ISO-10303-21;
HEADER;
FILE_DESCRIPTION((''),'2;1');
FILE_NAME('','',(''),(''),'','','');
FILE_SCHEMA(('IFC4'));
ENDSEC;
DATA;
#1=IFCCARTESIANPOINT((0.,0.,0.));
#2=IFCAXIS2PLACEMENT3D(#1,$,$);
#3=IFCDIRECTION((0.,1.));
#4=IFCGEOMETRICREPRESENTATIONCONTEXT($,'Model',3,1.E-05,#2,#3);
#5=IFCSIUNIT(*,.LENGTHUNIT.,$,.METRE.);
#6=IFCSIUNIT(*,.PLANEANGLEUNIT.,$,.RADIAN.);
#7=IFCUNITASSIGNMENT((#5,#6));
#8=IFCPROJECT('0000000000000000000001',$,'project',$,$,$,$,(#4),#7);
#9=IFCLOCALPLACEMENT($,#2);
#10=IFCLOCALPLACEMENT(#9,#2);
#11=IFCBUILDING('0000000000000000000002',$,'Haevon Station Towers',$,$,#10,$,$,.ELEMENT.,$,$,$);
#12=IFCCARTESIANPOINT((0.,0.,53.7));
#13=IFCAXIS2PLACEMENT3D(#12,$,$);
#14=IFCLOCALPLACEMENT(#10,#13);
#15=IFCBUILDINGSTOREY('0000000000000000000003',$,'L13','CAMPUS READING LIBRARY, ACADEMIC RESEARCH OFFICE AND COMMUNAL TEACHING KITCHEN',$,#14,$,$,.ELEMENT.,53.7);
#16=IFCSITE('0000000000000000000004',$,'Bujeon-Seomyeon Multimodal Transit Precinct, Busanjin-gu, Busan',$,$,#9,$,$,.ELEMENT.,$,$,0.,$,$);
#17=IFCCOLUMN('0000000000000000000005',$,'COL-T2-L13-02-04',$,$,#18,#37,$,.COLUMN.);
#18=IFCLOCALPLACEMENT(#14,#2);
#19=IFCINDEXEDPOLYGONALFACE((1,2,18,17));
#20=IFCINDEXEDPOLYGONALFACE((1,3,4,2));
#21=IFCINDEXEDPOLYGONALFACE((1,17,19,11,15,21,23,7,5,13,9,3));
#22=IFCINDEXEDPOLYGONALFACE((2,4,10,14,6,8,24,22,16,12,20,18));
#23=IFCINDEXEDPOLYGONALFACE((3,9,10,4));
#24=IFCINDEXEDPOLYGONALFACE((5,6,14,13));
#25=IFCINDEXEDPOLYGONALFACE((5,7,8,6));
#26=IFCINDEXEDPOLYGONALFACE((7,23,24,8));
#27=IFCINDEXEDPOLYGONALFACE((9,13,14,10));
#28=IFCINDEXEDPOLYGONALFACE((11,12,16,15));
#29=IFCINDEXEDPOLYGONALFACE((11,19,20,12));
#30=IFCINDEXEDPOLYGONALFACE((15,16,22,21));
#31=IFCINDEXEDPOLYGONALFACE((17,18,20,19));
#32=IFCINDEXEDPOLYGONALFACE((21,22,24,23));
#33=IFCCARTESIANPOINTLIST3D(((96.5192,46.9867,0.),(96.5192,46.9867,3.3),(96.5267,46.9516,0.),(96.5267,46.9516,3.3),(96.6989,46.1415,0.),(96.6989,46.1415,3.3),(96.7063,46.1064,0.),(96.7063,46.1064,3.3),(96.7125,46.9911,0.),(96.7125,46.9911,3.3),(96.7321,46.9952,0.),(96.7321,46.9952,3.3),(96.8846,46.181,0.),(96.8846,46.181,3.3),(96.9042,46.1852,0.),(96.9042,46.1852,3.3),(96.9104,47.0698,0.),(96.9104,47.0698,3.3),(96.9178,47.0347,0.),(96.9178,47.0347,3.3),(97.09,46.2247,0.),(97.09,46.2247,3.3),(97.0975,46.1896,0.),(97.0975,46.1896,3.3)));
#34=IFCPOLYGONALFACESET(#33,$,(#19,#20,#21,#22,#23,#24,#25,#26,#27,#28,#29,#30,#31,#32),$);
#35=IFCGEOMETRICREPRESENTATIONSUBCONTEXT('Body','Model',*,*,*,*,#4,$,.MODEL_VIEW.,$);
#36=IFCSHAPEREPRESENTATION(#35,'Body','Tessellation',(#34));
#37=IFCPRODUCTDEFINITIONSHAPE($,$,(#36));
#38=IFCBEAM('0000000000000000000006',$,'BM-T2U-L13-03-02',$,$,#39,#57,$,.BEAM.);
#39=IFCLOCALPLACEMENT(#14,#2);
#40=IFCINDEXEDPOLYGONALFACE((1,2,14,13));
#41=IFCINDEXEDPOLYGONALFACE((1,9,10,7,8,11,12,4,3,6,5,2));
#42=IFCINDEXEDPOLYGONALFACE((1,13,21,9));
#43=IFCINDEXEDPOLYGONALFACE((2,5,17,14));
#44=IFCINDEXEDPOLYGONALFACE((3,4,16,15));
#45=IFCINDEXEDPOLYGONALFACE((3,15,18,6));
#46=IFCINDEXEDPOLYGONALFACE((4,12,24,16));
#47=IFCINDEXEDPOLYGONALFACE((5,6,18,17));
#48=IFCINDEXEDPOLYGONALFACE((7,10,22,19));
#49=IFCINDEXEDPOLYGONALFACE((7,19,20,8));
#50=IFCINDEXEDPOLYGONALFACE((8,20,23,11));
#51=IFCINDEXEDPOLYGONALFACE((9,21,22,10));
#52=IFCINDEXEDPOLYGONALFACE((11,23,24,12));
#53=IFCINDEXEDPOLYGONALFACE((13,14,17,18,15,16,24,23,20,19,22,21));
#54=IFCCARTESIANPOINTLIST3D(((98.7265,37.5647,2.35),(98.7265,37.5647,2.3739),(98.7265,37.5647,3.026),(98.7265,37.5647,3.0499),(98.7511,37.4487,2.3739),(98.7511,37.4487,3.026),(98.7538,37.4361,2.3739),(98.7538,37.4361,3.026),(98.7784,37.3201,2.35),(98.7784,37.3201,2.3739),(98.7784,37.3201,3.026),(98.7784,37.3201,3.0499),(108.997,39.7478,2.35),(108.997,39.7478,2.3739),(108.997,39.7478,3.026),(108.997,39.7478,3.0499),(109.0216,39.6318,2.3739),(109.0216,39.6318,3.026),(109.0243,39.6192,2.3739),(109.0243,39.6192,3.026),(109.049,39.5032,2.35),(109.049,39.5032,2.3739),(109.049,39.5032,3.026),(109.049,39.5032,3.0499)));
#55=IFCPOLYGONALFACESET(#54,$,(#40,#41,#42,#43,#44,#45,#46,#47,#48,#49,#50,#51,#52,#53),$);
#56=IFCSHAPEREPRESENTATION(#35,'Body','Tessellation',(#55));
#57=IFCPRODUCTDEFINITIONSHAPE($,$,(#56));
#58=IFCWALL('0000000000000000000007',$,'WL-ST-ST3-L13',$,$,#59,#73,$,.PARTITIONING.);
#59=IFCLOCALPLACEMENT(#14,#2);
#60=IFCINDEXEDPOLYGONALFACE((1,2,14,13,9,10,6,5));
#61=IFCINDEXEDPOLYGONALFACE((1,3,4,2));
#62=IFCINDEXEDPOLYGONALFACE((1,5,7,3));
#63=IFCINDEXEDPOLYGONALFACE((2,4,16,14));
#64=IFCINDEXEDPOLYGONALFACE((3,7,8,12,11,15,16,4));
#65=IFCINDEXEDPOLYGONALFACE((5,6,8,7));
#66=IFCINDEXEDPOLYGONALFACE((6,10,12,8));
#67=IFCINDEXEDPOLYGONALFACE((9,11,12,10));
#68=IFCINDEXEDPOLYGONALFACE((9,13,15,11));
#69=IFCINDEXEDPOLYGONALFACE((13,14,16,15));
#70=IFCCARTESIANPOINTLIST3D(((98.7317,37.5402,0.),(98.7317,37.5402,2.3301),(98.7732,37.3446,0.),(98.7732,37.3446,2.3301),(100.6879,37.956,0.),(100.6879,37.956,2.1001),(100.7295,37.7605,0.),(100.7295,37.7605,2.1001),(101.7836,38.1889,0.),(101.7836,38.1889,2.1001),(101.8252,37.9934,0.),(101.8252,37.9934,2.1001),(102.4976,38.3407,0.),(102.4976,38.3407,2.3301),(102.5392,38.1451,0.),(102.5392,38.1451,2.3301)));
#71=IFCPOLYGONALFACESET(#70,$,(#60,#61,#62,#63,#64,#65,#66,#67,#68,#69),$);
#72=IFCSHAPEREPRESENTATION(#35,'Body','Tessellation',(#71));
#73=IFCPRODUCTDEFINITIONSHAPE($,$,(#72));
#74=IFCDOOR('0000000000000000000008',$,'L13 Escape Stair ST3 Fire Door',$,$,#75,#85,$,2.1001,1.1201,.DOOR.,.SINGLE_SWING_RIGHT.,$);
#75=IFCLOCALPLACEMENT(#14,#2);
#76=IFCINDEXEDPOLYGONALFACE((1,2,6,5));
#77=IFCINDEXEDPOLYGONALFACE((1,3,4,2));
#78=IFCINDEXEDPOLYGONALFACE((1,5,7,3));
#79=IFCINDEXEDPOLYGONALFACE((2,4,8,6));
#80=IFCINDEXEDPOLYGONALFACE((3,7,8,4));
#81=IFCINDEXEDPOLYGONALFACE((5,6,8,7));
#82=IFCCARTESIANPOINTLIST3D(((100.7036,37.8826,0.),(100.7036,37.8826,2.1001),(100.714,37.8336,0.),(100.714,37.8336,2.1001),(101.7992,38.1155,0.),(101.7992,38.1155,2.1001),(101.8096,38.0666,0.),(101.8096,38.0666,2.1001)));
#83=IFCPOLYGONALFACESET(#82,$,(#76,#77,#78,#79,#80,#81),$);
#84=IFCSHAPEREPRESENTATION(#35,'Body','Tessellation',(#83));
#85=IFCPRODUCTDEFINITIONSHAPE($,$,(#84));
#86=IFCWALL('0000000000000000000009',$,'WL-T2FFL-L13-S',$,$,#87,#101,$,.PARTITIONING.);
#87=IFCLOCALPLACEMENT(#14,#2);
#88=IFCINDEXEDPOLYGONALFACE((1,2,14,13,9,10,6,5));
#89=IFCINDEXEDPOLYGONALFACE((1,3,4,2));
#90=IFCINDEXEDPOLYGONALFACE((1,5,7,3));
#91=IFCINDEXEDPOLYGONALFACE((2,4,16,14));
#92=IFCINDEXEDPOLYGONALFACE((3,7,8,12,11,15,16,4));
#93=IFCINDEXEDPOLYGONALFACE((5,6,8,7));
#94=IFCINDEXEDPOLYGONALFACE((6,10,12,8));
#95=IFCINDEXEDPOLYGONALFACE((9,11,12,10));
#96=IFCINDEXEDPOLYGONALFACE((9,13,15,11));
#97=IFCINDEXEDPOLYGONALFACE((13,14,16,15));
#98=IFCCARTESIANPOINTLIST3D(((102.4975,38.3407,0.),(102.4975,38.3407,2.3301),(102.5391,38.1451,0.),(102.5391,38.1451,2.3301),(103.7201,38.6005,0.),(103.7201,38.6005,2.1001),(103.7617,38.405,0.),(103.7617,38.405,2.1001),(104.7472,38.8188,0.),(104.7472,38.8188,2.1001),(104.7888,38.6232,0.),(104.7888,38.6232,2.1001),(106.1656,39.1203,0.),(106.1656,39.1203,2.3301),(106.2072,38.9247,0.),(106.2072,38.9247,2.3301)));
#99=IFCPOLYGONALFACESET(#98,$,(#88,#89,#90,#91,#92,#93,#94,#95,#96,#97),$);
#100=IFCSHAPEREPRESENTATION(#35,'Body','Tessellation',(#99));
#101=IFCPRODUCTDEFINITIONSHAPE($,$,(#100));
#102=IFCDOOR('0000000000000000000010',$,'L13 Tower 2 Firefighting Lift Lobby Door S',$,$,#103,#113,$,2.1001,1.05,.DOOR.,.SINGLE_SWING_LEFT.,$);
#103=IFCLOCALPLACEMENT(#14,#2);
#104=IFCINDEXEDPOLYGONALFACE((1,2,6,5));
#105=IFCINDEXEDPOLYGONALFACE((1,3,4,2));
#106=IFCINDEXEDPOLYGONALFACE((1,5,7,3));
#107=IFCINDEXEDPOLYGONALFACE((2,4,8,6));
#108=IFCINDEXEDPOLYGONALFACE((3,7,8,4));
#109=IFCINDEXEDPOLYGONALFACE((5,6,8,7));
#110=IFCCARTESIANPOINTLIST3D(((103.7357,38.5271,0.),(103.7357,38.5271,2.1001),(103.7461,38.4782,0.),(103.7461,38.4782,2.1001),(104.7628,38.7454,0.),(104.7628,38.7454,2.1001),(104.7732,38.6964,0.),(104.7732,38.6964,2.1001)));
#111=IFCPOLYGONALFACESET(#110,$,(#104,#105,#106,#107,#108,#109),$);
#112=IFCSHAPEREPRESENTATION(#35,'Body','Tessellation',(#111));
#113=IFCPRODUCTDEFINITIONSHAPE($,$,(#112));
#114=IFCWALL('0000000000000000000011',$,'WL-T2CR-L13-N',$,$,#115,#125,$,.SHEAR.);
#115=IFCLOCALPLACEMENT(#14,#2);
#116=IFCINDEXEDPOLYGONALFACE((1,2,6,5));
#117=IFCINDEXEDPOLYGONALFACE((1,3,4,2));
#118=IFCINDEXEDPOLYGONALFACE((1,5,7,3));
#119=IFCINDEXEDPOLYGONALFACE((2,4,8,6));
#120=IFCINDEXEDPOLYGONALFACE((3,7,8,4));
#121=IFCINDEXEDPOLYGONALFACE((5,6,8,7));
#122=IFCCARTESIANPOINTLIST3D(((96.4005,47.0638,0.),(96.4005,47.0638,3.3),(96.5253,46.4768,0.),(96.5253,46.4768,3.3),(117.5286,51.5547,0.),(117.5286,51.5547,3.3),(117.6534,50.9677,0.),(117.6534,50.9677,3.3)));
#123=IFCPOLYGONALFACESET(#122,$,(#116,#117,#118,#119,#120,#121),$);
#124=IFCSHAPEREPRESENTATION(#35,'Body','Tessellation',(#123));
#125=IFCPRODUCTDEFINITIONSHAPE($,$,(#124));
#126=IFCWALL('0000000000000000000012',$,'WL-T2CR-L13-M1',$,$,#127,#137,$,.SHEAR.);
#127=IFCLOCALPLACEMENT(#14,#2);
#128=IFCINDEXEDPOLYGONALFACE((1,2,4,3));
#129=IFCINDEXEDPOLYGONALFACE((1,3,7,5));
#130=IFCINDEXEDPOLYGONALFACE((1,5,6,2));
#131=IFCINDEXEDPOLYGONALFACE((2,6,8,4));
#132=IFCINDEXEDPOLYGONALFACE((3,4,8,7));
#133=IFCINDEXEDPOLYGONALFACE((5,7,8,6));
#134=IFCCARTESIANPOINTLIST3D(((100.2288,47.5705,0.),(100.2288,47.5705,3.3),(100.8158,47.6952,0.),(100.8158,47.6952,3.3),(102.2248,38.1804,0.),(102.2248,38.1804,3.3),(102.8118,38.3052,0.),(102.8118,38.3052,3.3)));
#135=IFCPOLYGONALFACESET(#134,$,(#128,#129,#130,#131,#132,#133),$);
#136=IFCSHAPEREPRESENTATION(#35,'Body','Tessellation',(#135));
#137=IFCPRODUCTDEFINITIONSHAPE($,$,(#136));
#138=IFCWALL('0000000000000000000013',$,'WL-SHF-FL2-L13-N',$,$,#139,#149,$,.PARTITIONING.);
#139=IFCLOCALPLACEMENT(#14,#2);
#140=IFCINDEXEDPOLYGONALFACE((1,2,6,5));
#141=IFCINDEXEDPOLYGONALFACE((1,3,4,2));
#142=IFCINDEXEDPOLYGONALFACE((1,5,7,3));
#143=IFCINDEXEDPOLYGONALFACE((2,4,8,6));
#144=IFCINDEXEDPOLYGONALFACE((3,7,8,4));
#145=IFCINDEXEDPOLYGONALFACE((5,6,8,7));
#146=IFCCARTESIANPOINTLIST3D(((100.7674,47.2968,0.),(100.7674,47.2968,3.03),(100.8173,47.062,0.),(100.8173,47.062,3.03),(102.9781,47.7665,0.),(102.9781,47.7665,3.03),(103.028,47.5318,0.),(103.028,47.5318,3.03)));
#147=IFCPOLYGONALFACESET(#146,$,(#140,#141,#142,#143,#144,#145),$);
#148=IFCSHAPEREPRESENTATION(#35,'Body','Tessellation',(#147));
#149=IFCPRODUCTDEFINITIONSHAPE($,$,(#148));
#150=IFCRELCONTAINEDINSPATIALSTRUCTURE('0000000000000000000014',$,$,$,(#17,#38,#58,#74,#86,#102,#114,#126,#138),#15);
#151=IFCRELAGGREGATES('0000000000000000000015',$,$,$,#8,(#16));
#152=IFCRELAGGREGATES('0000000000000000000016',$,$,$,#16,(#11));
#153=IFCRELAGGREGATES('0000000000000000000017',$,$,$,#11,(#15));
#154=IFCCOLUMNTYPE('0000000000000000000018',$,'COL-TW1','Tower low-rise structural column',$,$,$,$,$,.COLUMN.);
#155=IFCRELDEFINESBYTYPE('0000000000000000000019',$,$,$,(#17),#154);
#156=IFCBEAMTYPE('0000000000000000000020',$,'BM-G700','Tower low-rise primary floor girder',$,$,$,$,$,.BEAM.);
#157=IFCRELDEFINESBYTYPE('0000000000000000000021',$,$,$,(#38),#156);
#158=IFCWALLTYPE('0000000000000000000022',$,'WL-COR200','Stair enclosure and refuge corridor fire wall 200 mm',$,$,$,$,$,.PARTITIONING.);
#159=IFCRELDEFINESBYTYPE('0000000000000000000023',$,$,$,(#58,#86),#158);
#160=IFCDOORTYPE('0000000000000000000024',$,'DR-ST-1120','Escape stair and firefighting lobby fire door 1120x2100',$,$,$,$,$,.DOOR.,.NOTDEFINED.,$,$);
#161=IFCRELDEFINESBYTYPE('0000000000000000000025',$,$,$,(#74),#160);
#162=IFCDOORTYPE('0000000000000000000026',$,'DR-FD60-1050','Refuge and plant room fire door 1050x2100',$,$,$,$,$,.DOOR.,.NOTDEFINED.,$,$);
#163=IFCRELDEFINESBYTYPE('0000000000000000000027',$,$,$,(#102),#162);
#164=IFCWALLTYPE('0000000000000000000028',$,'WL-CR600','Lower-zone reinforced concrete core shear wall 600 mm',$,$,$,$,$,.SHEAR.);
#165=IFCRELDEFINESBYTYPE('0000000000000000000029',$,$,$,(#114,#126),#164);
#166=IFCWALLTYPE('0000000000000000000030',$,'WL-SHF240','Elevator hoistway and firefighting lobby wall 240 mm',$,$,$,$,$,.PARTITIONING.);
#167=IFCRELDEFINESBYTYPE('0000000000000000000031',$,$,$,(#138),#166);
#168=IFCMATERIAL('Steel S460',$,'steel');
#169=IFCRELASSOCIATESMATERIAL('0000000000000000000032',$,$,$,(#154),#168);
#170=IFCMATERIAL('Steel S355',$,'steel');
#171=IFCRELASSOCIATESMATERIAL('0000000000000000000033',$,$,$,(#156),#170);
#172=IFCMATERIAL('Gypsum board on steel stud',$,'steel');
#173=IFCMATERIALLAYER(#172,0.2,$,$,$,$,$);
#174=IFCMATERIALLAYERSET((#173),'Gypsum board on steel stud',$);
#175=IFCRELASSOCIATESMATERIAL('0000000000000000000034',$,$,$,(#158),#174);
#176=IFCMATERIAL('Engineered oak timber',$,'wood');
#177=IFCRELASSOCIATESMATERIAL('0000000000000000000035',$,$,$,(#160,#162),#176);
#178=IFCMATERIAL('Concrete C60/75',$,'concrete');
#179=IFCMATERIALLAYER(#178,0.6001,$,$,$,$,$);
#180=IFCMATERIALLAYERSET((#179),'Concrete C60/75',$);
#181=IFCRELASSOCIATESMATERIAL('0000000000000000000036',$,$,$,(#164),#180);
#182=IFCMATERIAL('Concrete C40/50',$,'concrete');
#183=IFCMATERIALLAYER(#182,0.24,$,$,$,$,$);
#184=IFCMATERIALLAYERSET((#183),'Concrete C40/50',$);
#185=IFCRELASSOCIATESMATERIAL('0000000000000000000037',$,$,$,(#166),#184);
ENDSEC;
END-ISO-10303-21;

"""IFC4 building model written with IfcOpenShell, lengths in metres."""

from ifc_helpers import new_model, si_unit, direction, frame, frame_2d, origin, origin_2d, place, context, subcontext, project, spatial, rectangle, i_section, extrude, material, layer, layer_set, material_profile, profile_set, type_object, element, fill, save


model = new_model("IFC4")

# Units and contexts
model_context = context("Model", 3, precision=1e-05, world=origin(), true_north=direction((0.0, 1.0)))
body_context = subcontext(model_context, "Body", "Model", "MODEL_VIEW")
ifc_project = project(units=[si_unit("LENGTHUNIT", "METRE"), si_unit("PLANEANGLEUNIT", "RADIAN")], contexts=[model_context])

# Site, building, storey
site_placement = place(None, origin())
site = spatial("IfcSite", under=ifc_project, at=site_placement, Name="Bujeon-Seomyeon Multimodal Transit Precinct, Busanjin-gu, Busan", CompositionType="ELEMENT", RefElevation=0.0)
building_placement = place(site_placement, origin())
building = spatial("IfcBuilding", under=site, at=building_placement, Name="Haevon Station Towers", CompositionType="ELEMENT")
storey_placement = place(building_placement, frame((0.0, 0.0, 53.7)))
storey = spatial("IfcBuildingStorey", under=building, at=storey_placement, Name="L13", Description="CAMPUS READING LIBRARY, ACADEMIC RESEARCH OFFICE AND COMMUNAL TEACHING KITCHEN", CompositionType="ELEMENT", Elevation=53.7)

# Column
ifc_material_1 = material(Name="Steel S460", Category="steel")
ifc_material_profile_1 = material_profile(ifc_material_1, i_section(OverallWidth=0.3999, OverallDepth=0.8999, WebThickness=0.02, FlangeThickness=0.0359, at=origin_2d()), Name="H-900x400x20x36")
ifc_profile_set_1 = profile_set([ifc_material_profile_1], Name="Steel S460")
column_type = type_object("IfcColumnType", Name="COL-TW1", Description="Tower low-rise structural column", PredefinedType="COLUMN", material=ifc_profile_set_1)
column_placement = place(storey_placement, frame((96.8083, 46.5881, 0.0), z_axis=(0.0, 0.0, 1.0), x_axis=(0.978148, 0.207912, 0.0)))
element("IfcColumn", 1, at=column_placement, inside=storey, type_object=column_type, Name="COL-T2-L13-02-04", PredefinedType="COLUMN", context=body_context, shape_type="SweptSolid", body=[
    extrude(i_section(OverallWidth=0.3999, OverallDepth=0.8999, WebThickness=0.02, FlangeThickness=0.0359, at=origin_2d()), origin(), (0.0, 0.0, 1.0), 3.3),
])

# Beam
ifc_material_2 = material(Name="Steel S355", Category="steel")
ifc_material_profile_2 = material_profile(ifc_material_2, i_section(OverallWidth=0.25, OverallDepth=0.7, WebThickness=0.0129, FlangeThickness=0.0239, at=origin_2d()), Name="H-700x250x13x24")
ifc_profile_set_2 = profile_set([ifc_material_profile_2], Name="Steel S355")
beam_type = type_object("IfcBeamType", Name="BM-G700", Description="Tower low-rise primary floor girder", PredefinedType="BEAM", material=ifc_profile_set_2)
beam_placement = place(storey_placement, frame((98.7524, 37.4424, 2.7), z_axis=(0.978147, 0.207915, 0.0), x_axis=(-0.207915, 0.978147, 0.0)))
element("IfcBeam", 2, at=beam_placement, inside=storey, type_object=beam_type, Name="BM-T2U-L13-03-02", PredefinedType="BEAM", context=body_context, shape_type="SweptSolid", body=[
    extrude(i_section(OverallWidth=0.25, OverallDepth=0.7, WebThickness=0.0129, FlangeThickness=0.0239, at=origin_2d()), origin(), (0.0, 0.0, 1.0), 10.5),
])

# Walls, openings, doors
ifc_material_3 = material(Name="Gypsum board on steel stud", Category="steel")
ifc_layer_1 = layer(ifc_material_3, 0.2)
ifc_layer_set_1 = layer_set([ifc_layer_1], Name="Gypsum board on steel stud")
wall_type_1 = type_object("IfcWallType", Name="WL-COR200", Description="Stair enclosure and refuge corridor fire wall 200 mm", PredefinedType="PARTITIONING", material=ifc_layer_set_1)
wall_1_placement = place(storey_placement, frame((98.7524, 37.4424, 0.0), z_axis=(0.0, 0.0, 1.0), x_axis=(0.978144, 0.207931, 0.0)))
wall_1 = element("IfcWall", 3, at=wall_1_placement, inside=storey, type_object=wall_type_1, Name="WL-ST-ST3-L13", PredefinedType="PARTITIONING", context=body_context, shape_type="SweptSolid", body=[
    extrude(rectangle(XDim=3.8501, YDim=0.2, at=frame_2d((1.925, 0.0))), origin(), (0.0, 0.0, 1.0), 2.3301),
])
opening_1_placement = place(wall_1_placement, frame((2.0, 0.0, 0.0)))
opening_1 = element("IfcOpeningElement", 4, at=opening_1_placement, cuts=wall_1, PredefinedType="OPENING", context=body_context, shape_type="SweptSolid", body=[
    extrude(rectangle(XDim=1.1201, YDim=2.1001, at=frame_2d((0.5601, 1.05))), frame((0.0, 0.1099, 0.0), z_axis=(0.0, -1.0, 0.0), x_axis=(1.0, 0.0, 0.0)), (0.0, 0.0, 1.0), 0.22),
])
ifc_material_4 = material(Name="Engineered oak timber", Category="wood")
door_type_1 = type_object("IfcDoorType", Name="DR-ST-1120", Description="Escape stair and firefighting lobby fire door 1120x2100", OperationType="NOTDEFINED", PredefinedType="DOOR", material=ifc_material_4)
door_1_placement = place(opening_1_placement, origin())
door_1 = element("IfcDoor", 5, at=door_1_placement, inside=storey, type_object=door_type_1, Name="L13 Escape Stair ST3 Fire Door", OperationType="SINGLE_SWING_RIGHT", OverallHeight=2.1001, OverallWidth=1.1201, PredefinedType="DOOR", context=body_context, shape_type="SweptSolid", body=[
    extrude(rectangle(XDim=1.1201, YDim=2.1001, at=frame_2d((0.5601, 1.05))), frame((0.0, 0.0249, 0.0), z_axis=(0.0, -1.0, 0.0), x_axis=(1.0, 0.0, 0.0)), (0.0, 0.0, 1.0), 0.05),
])
fill(opening_1, door_1)
wall_2_placement = place(storey_placement, frame((102.5183, 38.2429, 0.0), z_axis=(0.0, 0.0, 1.0), x_axis=(0.978154, 0.207884, 0.0)))
wall_2 = element("IfcWall", 6, at=wall_2_placement, inside=storey, type_object=wall_type_1, Name="WL-T2FFL-L13-S", PredefinedType="PARTITIONING", context=body_context, shape_type="SweptSolid", body=[
    extrude(rectangle(XDim=3.75, YDim=0.2, at=frame_2d((1.875, 0.0))), origin(), (0.0, 0.0, 1.0), 2.3301),
])
opening_2_placement = place(wall_2_placement, frame((1.25, 0.0, 0.0)))
opening_2 = element("IfcOpeningElement", 7, at=opening_2_placement, cuts=wall_2, PredefinedType="OPENING", context=body_context, shape_type="SweptSolid", body=[
    extrude(rectangle(XDim=1.05, YDim=2.1001, at=frame_2d((0.5249, 1.05))), frame((0.0, 0.1099, 0.0), z_axis=(0.0, -1.0, 0.0), x_axis=(1.0, 0.0, 0.0)), (0.0, 0.0, 1.0), 0.22),
])
door_type_2 = type_object("IfcDoorType", Name="DR-FD60-1050", Description="Refuge and plant room fire door 1050x2100", OperationType="NOTDEFINED", PredefinedType="DOOR", material=ifc_material_4)
door_2_placement = place(opening_2_placement, origin())
door_2 = element("IfcDoor", 8, at=door_2_placement, inside=storey, type_object=door_type_2, Name="L13 Tower 2 Firefighting Lift Lobby Door S", OperationType="SINGLE_SWING_LEFT", OverallHeight=2.1001, OverallWidth=1.05, PredefinedType="DOOR", context=body_context, shape_type="SweptSolid", body=[
    extrude(rectangle(XDim=1.05, YDim=2.1001, at=frame_2d((0.5249, 1.05))), frame((0.0, 0.0249, 0.0), z_axis=(0.0, -1.0, 0.0), x_axis=(1.0, 0.0, 0.0)), (0.0, 0.0, 1.0), 0.05),
])
fill(opening_2, door_2)

# Walls
ifc_material_5 = material(Name="Concrete C60/75", Category="concrete")
ifc_layer_2 = layer(ifc_material_5, 0.6001)
ifc_layer_set_2 = layer_set([ifc_layer_2], Name="Concrete C60/75")
wall_type_2 = type_object("IfcWallType", Name="WL-CR600", Description="Lower-zone reinforced concrete core shear wall 600 mm", PredefinedType="SHEAR", material=ifc_layer_set_2)
wall_3_placement = place(storey_placement, frame((96.4629, 46.7703, 0.0), z_axis=(0.0, 0.0, 1.0), x_axis=(0.978147, 0.207913, 0.0)))
element("IfcWall", 9, at=wall_3_placement, inside=storey, type_object=wall_type_2, Name="WL-T2CR-L13-N", PredefinedType="SHEAR", context=body_context, shape_type="SweptSolid", body=[
    extrude(rectangle(XDim=21.6001, YDim=0.6001, at=frame_2d((10.8, 0.0))), origin(), (0.0, 0.0, 1.0), 3.3),
])
wall_4_placement = place(storey_placement, frame((102.5183, 38.2429, 0.0), z_axis=(0.0, 0.0, 1.0), x_axis=(-0.207927, 0.978144, 0.0)))
element("IfcWall", 10, at=wall_4_placement, inside=storey, type_object=wall_type_2, Name="WL-T2CR-L13-M1", PredefinedType="SHEAR", context=body_context, shape_type="SweptSolid", body=[
    extrude(rectangle(XDim=9.5999, YDim=0.6001, at=frame_2d((4.7998, 0.0))), origin(), (0.0, 0.0, 1.0), 3.3),
])

# Shared definitions
ifc_material_6 = material(Name="Concrete C40/50", Category="concrete")
ifc_layer_3 = layer(ifc_material_6, 0.24)
ifc_layer_set_3 = layer_set([ifc_layer_3], Name="Concrete C40/50")
wall_type_3 = type_object("IfcWallType", Name="WL-SHF240", Description="Elevator hoistway and firefighting lobby wall 240 mm", PredefinedType="PARTITIONING", material=ifc_layer_set_3)

# Wall
wall_5_placement = place(storey_placement, frame((100.7925, 47.1794, 0.0), z_axis=(0.0, 0.0, 1.0), x_axis=(0.978163, 0.207839, 0.0)))
element("IfcWall", 11, at=wall_5_placement, inside=storey, type_object=wall_type_3, Name="WL-SHF-FL2-L13-N", PredefinedType="PARTITIONING", context=body_context, shape_type="SweptSolid", body=[
    extrude(rectangle(XDim=2.26, YDim=0.24, at=frame_2d((1.1299, 0.0))), origin(), (0.0, 0.0, 1.0), 3.03),
])

save(model, "model.ifc")
